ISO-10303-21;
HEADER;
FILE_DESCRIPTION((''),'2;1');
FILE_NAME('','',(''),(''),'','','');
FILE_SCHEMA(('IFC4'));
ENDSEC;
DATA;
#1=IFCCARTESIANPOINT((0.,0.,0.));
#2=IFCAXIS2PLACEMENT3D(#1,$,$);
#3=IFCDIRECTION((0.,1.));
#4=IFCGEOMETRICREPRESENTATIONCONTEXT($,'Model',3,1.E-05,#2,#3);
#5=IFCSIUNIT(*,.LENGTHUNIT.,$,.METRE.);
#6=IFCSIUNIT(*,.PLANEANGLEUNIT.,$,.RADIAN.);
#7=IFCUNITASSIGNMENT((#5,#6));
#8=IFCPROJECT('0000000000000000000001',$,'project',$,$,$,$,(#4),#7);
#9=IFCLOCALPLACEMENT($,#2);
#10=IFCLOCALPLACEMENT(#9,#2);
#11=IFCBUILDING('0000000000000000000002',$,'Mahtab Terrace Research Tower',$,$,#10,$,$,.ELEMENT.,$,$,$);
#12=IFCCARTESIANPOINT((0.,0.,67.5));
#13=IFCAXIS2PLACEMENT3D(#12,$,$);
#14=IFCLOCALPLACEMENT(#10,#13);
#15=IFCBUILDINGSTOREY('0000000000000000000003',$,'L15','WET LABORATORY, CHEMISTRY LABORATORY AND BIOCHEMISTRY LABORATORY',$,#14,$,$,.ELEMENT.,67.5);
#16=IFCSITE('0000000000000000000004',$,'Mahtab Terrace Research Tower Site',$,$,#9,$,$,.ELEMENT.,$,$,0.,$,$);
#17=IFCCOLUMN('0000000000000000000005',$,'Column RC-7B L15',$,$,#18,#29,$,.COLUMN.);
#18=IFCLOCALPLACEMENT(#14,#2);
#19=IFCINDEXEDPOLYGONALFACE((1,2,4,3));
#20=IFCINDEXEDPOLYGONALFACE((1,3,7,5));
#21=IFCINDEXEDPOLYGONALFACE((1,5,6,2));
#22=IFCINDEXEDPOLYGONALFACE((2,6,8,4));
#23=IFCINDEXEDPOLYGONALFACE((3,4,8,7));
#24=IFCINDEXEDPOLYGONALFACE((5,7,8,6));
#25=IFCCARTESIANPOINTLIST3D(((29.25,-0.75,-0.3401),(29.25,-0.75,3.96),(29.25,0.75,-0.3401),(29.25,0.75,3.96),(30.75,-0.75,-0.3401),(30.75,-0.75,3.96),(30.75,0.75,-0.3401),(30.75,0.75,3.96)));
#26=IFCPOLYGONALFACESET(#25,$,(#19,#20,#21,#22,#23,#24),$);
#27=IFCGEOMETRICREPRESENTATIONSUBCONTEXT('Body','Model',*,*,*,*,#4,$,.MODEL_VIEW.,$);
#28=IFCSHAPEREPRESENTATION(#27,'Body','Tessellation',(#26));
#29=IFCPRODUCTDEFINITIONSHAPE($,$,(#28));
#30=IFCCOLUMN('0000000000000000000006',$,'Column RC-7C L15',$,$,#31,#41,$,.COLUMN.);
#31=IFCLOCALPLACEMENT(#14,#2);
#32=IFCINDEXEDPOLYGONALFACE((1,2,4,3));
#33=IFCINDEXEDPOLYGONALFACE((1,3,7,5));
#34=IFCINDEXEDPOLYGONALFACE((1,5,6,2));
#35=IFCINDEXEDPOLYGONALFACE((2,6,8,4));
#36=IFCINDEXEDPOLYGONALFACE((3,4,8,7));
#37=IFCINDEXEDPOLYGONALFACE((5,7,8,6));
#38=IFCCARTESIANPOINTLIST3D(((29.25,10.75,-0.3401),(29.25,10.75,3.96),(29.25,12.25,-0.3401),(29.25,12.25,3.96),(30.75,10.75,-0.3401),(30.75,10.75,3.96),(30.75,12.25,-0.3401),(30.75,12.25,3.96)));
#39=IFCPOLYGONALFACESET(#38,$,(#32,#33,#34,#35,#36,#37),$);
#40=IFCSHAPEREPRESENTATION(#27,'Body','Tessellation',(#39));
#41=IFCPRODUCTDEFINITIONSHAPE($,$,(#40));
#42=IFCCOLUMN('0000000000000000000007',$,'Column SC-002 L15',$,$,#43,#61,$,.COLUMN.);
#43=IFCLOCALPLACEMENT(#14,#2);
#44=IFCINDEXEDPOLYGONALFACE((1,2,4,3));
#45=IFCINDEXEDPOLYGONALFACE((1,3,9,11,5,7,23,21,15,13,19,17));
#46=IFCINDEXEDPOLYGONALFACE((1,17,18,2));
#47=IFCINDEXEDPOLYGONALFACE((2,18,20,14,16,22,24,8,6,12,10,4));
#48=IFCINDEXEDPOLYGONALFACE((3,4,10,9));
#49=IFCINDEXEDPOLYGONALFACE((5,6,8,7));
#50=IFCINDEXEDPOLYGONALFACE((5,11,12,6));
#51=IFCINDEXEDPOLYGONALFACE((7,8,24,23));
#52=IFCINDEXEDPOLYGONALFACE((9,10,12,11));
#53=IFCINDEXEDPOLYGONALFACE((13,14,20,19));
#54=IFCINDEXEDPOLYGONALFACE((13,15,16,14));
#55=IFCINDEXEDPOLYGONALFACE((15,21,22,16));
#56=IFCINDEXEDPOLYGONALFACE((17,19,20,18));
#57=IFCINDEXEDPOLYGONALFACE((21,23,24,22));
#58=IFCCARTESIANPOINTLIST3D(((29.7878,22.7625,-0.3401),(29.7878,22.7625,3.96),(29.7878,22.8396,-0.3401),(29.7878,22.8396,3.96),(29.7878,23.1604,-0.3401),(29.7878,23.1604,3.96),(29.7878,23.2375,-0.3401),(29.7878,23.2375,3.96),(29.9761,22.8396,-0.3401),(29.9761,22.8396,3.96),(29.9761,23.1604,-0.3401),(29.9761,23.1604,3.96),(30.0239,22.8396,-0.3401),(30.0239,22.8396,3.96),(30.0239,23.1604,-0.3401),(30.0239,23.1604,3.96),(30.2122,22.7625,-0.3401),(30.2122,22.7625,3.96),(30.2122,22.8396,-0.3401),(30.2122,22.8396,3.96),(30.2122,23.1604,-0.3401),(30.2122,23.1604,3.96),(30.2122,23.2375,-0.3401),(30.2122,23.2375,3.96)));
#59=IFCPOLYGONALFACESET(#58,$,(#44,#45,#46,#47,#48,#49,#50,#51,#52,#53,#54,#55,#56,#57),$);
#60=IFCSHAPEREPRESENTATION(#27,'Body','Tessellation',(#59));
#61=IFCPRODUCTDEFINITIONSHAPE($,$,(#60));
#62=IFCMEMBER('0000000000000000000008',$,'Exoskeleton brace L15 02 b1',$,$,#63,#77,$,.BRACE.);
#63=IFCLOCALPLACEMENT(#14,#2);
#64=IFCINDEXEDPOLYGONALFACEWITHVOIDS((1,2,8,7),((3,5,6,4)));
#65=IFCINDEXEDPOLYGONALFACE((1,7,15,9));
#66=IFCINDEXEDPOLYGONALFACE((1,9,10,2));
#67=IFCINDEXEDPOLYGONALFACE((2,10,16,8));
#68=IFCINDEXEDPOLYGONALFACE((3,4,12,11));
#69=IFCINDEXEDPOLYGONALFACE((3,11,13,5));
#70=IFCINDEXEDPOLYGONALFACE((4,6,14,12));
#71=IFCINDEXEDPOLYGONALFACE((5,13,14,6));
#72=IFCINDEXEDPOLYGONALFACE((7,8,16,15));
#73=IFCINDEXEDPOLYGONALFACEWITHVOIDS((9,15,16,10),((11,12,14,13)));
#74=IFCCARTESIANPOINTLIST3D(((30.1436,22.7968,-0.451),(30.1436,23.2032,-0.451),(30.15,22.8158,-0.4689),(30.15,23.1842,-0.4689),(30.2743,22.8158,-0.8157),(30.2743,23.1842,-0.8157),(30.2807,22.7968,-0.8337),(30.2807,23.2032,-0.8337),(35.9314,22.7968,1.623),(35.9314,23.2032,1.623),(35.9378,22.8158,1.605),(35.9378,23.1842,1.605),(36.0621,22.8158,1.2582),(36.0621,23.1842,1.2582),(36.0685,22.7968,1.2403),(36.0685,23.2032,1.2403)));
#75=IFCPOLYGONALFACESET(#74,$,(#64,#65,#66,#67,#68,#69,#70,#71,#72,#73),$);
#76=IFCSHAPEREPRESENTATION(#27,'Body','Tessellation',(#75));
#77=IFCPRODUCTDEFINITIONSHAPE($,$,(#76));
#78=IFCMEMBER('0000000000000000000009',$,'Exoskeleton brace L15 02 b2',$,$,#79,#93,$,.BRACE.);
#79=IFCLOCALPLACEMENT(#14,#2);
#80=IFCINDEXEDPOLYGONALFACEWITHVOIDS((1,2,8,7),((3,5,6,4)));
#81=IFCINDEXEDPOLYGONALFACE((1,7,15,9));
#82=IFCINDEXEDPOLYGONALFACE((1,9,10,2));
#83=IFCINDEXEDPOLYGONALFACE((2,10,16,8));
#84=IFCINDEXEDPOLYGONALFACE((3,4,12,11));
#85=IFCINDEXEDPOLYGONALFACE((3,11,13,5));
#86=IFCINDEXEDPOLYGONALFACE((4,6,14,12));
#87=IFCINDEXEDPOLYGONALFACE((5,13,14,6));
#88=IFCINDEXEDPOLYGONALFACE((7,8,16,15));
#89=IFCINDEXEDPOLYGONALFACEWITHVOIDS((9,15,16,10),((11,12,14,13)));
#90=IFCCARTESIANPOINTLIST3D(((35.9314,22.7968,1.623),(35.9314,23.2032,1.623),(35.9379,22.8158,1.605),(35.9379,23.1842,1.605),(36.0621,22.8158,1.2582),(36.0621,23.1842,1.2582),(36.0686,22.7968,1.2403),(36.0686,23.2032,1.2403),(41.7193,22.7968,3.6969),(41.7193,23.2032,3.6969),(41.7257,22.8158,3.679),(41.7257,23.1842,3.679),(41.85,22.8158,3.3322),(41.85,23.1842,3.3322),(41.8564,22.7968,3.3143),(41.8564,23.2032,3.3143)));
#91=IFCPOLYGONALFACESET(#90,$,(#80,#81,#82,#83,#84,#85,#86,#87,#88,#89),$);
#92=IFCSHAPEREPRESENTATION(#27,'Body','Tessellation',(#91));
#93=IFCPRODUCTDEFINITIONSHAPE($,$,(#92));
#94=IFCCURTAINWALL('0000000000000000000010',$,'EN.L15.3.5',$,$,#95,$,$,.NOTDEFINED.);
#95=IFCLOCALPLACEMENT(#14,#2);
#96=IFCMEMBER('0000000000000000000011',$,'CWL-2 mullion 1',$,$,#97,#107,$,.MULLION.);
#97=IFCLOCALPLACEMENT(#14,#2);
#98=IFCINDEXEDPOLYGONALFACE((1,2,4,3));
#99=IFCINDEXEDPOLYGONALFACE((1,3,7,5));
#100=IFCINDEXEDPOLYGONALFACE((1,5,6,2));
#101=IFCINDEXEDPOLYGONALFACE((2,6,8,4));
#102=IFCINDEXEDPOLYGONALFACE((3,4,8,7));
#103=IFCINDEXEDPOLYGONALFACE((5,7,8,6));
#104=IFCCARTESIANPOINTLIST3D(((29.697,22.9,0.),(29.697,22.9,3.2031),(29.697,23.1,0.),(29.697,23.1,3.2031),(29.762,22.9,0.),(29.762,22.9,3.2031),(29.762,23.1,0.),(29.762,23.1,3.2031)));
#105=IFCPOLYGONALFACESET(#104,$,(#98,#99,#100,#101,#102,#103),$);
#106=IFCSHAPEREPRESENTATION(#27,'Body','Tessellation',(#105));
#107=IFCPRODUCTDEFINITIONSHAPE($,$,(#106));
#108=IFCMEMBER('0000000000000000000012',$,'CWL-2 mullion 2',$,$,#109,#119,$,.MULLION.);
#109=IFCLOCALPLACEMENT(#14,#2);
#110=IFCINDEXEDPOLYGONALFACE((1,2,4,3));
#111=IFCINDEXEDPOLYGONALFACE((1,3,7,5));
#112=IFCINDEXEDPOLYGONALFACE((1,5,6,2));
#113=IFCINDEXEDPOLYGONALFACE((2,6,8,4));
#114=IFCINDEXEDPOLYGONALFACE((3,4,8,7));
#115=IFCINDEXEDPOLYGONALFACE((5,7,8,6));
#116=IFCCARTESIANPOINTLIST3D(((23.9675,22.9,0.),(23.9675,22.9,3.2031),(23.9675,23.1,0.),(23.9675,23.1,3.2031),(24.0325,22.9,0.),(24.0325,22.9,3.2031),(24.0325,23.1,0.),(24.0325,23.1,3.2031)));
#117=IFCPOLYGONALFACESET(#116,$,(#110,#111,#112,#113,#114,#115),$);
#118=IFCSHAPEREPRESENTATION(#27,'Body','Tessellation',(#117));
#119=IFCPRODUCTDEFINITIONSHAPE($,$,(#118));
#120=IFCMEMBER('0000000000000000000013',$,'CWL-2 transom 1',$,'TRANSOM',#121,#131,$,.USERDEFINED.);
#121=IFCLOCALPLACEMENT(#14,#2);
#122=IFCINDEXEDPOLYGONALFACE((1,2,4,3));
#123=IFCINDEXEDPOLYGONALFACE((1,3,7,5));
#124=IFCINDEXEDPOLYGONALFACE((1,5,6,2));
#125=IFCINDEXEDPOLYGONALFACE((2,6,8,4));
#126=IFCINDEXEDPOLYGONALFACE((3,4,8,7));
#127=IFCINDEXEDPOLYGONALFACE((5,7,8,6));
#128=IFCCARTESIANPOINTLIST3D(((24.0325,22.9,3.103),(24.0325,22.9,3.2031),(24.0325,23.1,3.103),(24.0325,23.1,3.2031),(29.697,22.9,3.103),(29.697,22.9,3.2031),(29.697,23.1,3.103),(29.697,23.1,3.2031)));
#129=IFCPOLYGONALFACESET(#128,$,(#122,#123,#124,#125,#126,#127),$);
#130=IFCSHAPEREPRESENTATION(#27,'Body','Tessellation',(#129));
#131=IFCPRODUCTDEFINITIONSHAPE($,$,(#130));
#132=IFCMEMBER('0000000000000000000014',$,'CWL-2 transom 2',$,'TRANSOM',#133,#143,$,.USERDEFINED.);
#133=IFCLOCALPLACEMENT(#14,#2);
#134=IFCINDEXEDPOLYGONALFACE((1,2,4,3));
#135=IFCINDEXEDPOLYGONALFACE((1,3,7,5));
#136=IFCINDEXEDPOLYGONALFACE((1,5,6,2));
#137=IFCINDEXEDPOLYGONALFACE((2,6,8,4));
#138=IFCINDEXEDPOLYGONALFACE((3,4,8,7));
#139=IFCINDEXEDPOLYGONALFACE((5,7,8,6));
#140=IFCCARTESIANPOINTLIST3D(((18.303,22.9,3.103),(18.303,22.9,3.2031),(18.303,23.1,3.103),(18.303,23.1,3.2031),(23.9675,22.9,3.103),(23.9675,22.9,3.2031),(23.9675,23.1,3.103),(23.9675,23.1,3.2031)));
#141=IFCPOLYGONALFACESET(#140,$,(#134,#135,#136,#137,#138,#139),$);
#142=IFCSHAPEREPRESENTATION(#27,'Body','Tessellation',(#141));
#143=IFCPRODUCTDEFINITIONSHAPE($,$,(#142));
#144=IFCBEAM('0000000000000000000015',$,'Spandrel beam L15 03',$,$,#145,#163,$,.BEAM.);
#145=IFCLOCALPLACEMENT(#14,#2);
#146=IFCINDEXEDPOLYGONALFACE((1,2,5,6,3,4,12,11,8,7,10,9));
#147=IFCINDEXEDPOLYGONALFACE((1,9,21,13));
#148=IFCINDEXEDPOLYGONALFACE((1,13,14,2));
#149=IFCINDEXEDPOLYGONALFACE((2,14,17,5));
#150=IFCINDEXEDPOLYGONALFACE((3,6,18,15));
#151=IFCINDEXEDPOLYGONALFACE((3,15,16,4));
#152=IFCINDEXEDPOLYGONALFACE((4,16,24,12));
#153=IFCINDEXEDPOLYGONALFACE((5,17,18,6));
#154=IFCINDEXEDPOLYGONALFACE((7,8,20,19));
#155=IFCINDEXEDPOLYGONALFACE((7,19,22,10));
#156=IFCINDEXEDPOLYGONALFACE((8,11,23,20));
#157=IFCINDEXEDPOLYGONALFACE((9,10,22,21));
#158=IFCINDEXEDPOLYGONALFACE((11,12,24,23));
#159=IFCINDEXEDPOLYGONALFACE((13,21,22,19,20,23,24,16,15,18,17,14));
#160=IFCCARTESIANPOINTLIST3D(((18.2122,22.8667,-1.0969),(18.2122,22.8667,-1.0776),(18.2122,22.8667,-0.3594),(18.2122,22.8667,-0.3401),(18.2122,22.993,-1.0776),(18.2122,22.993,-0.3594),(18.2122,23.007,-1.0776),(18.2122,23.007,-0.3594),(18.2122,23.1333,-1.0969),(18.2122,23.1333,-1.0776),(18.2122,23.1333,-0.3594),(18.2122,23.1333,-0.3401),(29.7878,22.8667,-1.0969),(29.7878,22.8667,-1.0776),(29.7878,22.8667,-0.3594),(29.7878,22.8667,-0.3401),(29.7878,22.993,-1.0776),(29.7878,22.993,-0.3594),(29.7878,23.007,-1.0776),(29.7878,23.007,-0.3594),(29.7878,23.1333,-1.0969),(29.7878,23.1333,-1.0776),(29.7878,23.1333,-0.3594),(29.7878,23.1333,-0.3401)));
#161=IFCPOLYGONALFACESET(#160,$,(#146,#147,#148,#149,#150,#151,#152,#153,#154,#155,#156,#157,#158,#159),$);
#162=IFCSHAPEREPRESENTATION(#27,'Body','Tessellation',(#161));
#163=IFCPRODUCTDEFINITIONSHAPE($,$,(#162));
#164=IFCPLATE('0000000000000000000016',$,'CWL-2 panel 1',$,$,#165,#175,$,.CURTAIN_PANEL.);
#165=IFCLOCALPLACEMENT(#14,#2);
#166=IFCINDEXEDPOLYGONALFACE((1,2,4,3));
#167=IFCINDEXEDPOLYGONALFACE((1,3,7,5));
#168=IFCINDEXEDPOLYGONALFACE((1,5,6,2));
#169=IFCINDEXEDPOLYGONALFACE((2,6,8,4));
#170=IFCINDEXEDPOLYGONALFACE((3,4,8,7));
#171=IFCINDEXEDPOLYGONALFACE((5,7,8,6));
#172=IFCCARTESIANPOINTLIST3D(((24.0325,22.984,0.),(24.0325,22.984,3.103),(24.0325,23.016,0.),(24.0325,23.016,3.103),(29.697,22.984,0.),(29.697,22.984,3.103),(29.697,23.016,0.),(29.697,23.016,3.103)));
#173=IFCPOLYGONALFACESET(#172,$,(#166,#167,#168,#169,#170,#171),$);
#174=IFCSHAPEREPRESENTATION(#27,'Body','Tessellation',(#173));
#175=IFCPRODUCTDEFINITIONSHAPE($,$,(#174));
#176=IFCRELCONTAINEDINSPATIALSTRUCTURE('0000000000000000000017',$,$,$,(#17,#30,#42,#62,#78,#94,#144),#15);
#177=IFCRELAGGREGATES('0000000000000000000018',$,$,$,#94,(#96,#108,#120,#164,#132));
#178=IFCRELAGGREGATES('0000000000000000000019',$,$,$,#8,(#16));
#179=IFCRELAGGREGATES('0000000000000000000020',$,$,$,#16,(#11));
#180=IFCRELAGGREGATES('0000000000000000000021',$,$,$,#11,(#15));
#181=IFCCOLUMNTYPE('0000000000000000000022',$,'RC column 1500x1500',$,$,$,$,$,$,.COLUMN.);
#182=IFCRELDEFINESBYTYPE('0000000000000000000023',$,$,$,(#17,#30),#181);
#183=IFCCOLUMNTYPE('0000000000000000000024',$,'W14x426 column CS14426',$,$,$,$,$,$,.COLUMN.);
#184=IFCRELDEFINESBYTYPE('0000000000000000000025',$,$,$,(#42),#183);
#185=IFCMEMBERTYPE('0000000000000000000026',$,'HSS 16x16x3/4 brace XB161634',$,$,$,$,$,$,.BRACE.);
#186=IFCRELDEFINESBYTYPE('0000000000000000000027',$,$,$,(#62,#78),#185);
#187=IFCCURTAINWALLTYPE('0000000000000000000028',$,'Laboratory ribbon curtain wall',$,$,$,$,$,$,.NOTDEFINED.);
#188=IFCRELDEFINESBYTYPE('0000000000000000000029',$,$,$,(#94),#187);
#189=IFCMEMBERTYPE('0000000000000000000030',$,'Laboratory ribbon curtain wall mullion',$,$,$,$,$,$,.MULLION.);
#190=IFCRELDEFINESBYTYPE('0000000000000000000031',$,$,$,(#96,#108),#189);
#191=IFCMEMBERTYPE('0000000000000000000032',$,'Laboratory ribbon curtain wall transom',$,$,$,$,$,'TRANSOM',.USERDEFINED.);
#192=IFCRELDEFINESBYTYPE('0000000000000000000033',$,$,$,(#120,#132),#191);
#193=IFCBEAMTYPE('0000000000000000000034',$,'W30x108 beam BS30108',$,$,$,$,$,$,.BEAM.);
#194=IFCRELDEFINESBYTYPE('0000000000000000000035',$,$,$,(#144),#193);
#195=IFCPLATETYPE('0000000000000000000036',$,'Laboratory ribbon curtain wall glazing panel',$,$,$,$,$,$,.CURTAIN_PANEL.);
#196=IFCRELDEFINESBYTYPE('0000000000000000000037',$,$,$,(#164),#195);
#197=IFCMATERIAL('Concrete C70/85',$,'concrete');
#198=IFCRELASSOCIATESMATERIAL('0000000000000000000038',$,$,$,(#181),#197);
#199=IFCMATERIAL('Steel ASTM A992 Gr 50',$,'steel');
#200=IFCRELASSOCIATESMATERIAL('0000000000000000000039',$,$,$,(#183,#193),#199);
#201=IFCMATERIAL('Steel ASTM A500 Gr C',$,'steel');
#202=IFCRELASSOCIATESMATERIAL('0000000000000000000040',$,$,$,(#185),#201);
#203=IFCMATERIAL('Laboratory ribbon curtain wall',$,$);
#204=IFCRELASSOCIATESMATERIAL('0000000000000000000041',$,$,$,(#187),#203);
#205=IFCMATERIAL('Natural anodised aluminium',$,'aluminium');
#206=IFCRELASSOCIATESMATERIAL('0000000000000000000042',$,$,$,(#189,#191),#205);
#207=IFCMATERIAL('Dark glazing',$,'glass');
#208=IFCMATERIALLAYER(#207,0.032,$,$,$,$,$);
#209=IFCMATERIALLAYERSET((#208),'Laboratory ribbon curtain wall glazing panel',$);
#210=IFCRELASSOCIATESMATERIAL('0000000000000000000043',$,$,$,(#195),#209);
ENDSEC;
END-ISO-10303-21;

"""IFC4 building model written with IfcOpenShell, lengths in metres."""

from ifc_helpers import new_model, si_unit, direction, frame, origin, origin_2d, place, context, subcontext, project, spatial, rectangle, hollow_rectangle, i_section, extrude, material, layer, layer_set, material_profile, profile_set, type_object, element, aggregate, save


model = new_model("IFC4")

# Units and contexts
model_context = context("Model", 3, precision=1e-05, world=origin(), true_north=direction((0.0, 1.0)))
body_context = subcontext(model_context, "Body", "Model", "MODEL_VIEW")
ifc_project = project(units=[si_unit("LENGTHUNIT", "METRE"), si_unit("PLANEANGLEUNIT", "RADIAN")], contexts=[model_context])

# Site, building, storey
site_placement = place(None, origin())
site = spatial("IfcSite", under=ifc_project, at=site_placement, Name="Mahtab Terrace Research Tower Site", CompositionType="ELEMENT", RefElevation=0.0)
building_placement = place(site_placement, origin())
building = spatial("IfcBuilding", under=site, at=building_placement, Name="Mahtab Terrace Research Tower", CompositionType="ELEMENT")
storey_placement = place(building_placement, frame((0.0, 0.0, 67.5)))
storey = spatial("IfcBuildingStorey", under=building, at=storey_placement, Name="L15", Description="WET LABORATORY, CHEMISTRY LABORATORY AND BIOCHEMISTRY LABORATORY", CompositionType="ELEMENT", Elevation=67.5)

# Columns
ifc_material_1 = material(Name="Concrete C70/85", Category="concrete")
ifc_material_profile_1 = material_profile(ifc_material_1, rectangle(XDim=1.5, YDim=1.5, at=origin_2d()), Name="RC column 1500x1500")
ifc_profile_set_1 = profile_set([ifc_material_profile_1], Name="Concrete C70/85")
column_type_1 = type_object("IfcColumnType", Name="RC column 1500x1500", PredefinedType="COLUMN", material=ifc_profile_set_1)
for number, where, z_axis, x_axis, name in (
    (1, (30.0, 0.0, -0.3401), (0.0, 0.0, 1.0), (1.0, 0.0, 0.0), "Column RC-7B L15"),
    (2, (30.0, 11.5, -0.3401), (0.0, 0.0, 1.0), (1.0, 0.0, 0.0), "Column RC-7C L15"),
):
    element("IfcColumn", number, at=place(storey_placement, frame(where, z_axis=z_axis, x_axis=x_axis)), inside=storey, type_object=column_type_1, Name=name, PredefinedType="COLUMN", context=body_context, shape_type="SweptSolid", body=[
        extrude(rectangle(XDim=1.5, YDim=1.5, at=origin_2d()), origin(), (0.0, 0.0, 1.0), 4.3),
    ])
ifc_material_2 = material(Name="Steel ASTM A992 Gr 50", Category="steel")
ifc_material_profile_2 = material_profile(ifc_material_2, i_section(OverallWidth=0.4243, OverallDepth=0.4751, WebThickness=0.0479, FlangeThickness=0.0771, at=origin_2d()), Name="W14X426")
ifc_profile_set_2 = profile_set([ifc_material_profile_2], Name="Steel ASTM A992 Gr 50")
column_type_2 = type_object("IfcColumnType", Name="W14x426 column CS14426", PredefinedType="COLUMN", material=ifc_profile_set_2)
column_placement = place(storey_placement, frame((30.0, 23.0, -0.3401), z_axis=(0.0, 0.0, 1.0), x_axis=(1.0, 0.0, 0.0)))
element("IfcColumn", 3, at=column_placement, inside=storey, type_object=column_type_2, Name="Column SC-002 L15", PredefinedType="COLUMN", context=body_context, shape_type="SweptSolid", body=[
    extrude(i_section(OverallWidth=0.4243, OverallDepth=0.4751, WebThickness=0.0479, FlangeThickness=0.0771, at=origin_2d()), origin(), (0.0, 0.0, 1.0), 4.3),
])

# Members
ifc_material_3 = material(Name="Steel ASTM A500 Gr C", Category="steel")
ifc_material_profile_3 = material_profile(ifc_material_3, hollow_rectangle(XDim=0.4065, YDim=0.4065, WallThickness=0.019, at=origin_2d()), Name="HSS16X16X3/4")
ifc_profile_set_3 = profile_set([ifc_material_profile_3], Name="Steel ASTM A500 Gr C")
member_type_1 = type_object("IfcMemberType", Name="HSS 16x16x3/4 brace XB161634", PredefinedType="BRACE", material=ifc_profile_set_3)
for number, where, z_axis, x_axis, name in (
    (4, (30.2122, 23.0, -0.6423), (0.941387, 0.0, 0.33733), (0.0, 1.0, 0.0), "Exoskeleton brace L15 02 b1"),
    (5, (36.0, 23.0, 1.4316), (0.941387, 0.0, 0.33733), (0.0, 1.0, 0.0), "Exoskeleton brace L15 02 b2"),
):
    element("IfcMember", number, at=place(storey_placement, frame(where, z_axis=z_axis, x_axis=x_axis)), inside=storey, type_object=member_type_1, Name=name, PredefinedType="BRACE", context=body_context, shape_type="SweptSolid", body=[
        extrude(hollow_rectangle(XDim=0.4065, YDim=0.4065, WallThickness=0.019, at=origin_2d()), origin(), (0.0, 0.0, 1.0), 6.1482),
    ])

# Curtain wall, members
ifc_material_4 = material(Name="Laboratory ribbon curtain wall")
curtain_wall_type = type_object("IfcCurtainWallType", Name="Laboratory ribbon curtain wall", PredefinedType="NOTDEFINED", material=ifc_material_4)
curtain_wall_placement = place(storey_placement, origin())
curtain_wall = element("IfcCurtainWall", 6, at=curtain_wall_placement, inside=storey, type_object=curtain_wall_type, Name="EN.L15.3.5", PredefinedType="NOTDEFINED")
ifc_material_5 = material(Name="Natural anodised aluminium", Category="aluminium")
ifc_material_profile_4 = material_profile(ifc_material_5, rectangle(XDim=0.2, YDim=0.0649, at=origin_2d()), Name="MULLION 65x200")
ifc_profile_set_4 = profile_set([ifc_material_profile_4], Name="Natural anodised aluminium")
member_type_2 = type_object("IfcMemberType", Name="Laboratory ribbon curtain wall mullion", PredefinedType="MULLION", material=ifc_profile_set_4)
member_1_placement = place(storey_placement, frame((29.7295, 23.0, 0.0), z_axis=(0.0, 0.0, 1.0), x_axis=(0.0, -1.0, 0.0)))
member_1 = element("IfcMember", 7, at=member_1_placement, type_object=member_type_2, Name="CWL-2 mullion 1", PredefinedType="MULLION", context=body_context, shape_type="SweptSolid", body=[
    extrude(rectangle(XDim=0.2, YDim=0.0649, at=origin_2d()), origin(), (0.0, 0.0, 1.0), 3.2031),
])
member_2_placement = place(storey_placement, frame((24.0, 23.0, 0.0), z_axis=(0.0, 0.0, 1.0), x_axis=(0.0, -1.0, 0.0)))
member_2 = element("IfcMember", 8, at=member_2_placement, type_object=member_type_2, Name="CWL-2 mullion 2", PredefinedType="MULLION", context=body_context, shape_type="SweptSolid", body=[
    extrude(rectangle(XDim=0.2, YDim=0.0649, at=origin_2d()), origin(), (0.0, 0.0, 1.0), 3.2031),
])
ifc_material_profile_5 = material_profile(ifc_material_5, rectangle(XDim=0.2, YDim=0.1001, at=origin_2d()), Name="TRANSOM 100x200")
ifc_profile_set_5 = profile_set([ifc_material_profile_5], Name="Natural anodised aluminium")
member_type_3 = type_object("IfcMemberType", Name="Laboratory ribbon curtain wall transom", ElementType="TRANSOM", PredefinedType="USERDEFINED", material=ifc_profile_set_5)
member_3_placement = place(storey_placement, frame((29.697, 23.0, 3.1531), z_axis=(-1.0, 0.0, 0.0), x_axis=(0.0, -1.0, 0.0)))
member_3 = element("IfcMember", 9, at=member_3_placement, type_object=member_type_3, Name="CWL-2 transom 1", ObjectType="TRANSOM", PredefinedType="USERDEFINED", context=body_context, shape_type="SweptSolid", body=[
    extrude(rectangle(XDim=0.2, YDim=0.1001, at=origin_2d()), origin(), (0.0, 0.0, 1.0), 5.6646),
])
member_4_placement = place(storey_placement, frame((23.9675, 23.0, 3.1531), z_axis=(-1.0, 0.0, 0.0), x_axis=(0.0, -1.0, 0.0)))
member_4 = element("IfcMember", 10, at=member_4_placement, type_object=member_type_3, Name="CWL-2 transom 2", ObjectType="TRANSOM", PredefinedType="USERDEFINED", context=body_context, shape_type="SweptSolid", body=[
    extrude(rectangle(XDim=0.2, YDim=0.1001, at=origin_2d()), origin(), (0.0, 0.0, 1.0), 5.6646),
])

# Beam
ifc_material_profile_6 = material_profile(ifc_material_2, i_section(OverallWidth=0.2666, OverallDepth=0.7568, WebThickness=0.0139, FlangeThickness=0.0193, at=origin_2d()), Name="W30X108")
ifc_profile_set_6 = profile_set([ifc_material_profile_6], Name="Steel ASTM A992 Gr 50")
beam_type = type_object("IfcBeamType", Name="W30x108 beam BS30108", PredefinedType="BEAM", material=ifc_profile_set_6)
beam_placement = place(storey_placement, frame((29.7878, 23.0, -0.7185), z_axis=(-1.0, 0.0, 0.0), x_axis=(0.0, -1.0, 0.0)))
element("IfcBeam", 11, at=beam_placement, inside=storey, type_object=beam_type, Name="Spandrel beam L15 03", PredefinedType="BEAM", context=body_context, shape_type="SweptSolid", body=[
    extrude(i_section(OverallWidth=0.2666, OverallDepth=0.7568, WebThickness=0.0139, FlangeThickness=0.0193, at=origin_2d()), origin(), (0.0, 0.0, 1.0), 11.5757),
])

# Plate
ifc_material_6 = material(Name="Dark glazing", Category="glass")
ifc_layer_1 = layer(ifc_material_6, 0.032)
ifc_layer_set_1 = layer_set([ifc_layer_1], Name="Laboratory ribbon curtain wall glazing panel")
plate_type = type_object("IfcPlateType", Name="Laboratory ribbon curtain wall glazing panel", PredefinedType="CURTAIN_PANEL", material=ifc_layer_set_1)
plate_placement = place(storey_placement, frame((26.8647, 23.0, 0.0), z_axis=(0.0, 0.0, 1.0), x_axis=(-1.0, 0.0, 0.0)))
plate = element("IfcPlate", 12, at=plate_placement, type_object=plate_type, Name="CWL-2 panel 1", PredefinedType="CURTAIN_PANEL", context=body_context, shape_type="SweptSolid", body=[
    extrude(rectangle(XDim=5.6646, YDim=0.032, at=origin_2d()), origin(), (0.0, 0.0, 1.0), 3.103),
])
aggregate(curtain_wall, [member_1, member_2, member_3, plate, member_4])

save(model, "model.ifc")
